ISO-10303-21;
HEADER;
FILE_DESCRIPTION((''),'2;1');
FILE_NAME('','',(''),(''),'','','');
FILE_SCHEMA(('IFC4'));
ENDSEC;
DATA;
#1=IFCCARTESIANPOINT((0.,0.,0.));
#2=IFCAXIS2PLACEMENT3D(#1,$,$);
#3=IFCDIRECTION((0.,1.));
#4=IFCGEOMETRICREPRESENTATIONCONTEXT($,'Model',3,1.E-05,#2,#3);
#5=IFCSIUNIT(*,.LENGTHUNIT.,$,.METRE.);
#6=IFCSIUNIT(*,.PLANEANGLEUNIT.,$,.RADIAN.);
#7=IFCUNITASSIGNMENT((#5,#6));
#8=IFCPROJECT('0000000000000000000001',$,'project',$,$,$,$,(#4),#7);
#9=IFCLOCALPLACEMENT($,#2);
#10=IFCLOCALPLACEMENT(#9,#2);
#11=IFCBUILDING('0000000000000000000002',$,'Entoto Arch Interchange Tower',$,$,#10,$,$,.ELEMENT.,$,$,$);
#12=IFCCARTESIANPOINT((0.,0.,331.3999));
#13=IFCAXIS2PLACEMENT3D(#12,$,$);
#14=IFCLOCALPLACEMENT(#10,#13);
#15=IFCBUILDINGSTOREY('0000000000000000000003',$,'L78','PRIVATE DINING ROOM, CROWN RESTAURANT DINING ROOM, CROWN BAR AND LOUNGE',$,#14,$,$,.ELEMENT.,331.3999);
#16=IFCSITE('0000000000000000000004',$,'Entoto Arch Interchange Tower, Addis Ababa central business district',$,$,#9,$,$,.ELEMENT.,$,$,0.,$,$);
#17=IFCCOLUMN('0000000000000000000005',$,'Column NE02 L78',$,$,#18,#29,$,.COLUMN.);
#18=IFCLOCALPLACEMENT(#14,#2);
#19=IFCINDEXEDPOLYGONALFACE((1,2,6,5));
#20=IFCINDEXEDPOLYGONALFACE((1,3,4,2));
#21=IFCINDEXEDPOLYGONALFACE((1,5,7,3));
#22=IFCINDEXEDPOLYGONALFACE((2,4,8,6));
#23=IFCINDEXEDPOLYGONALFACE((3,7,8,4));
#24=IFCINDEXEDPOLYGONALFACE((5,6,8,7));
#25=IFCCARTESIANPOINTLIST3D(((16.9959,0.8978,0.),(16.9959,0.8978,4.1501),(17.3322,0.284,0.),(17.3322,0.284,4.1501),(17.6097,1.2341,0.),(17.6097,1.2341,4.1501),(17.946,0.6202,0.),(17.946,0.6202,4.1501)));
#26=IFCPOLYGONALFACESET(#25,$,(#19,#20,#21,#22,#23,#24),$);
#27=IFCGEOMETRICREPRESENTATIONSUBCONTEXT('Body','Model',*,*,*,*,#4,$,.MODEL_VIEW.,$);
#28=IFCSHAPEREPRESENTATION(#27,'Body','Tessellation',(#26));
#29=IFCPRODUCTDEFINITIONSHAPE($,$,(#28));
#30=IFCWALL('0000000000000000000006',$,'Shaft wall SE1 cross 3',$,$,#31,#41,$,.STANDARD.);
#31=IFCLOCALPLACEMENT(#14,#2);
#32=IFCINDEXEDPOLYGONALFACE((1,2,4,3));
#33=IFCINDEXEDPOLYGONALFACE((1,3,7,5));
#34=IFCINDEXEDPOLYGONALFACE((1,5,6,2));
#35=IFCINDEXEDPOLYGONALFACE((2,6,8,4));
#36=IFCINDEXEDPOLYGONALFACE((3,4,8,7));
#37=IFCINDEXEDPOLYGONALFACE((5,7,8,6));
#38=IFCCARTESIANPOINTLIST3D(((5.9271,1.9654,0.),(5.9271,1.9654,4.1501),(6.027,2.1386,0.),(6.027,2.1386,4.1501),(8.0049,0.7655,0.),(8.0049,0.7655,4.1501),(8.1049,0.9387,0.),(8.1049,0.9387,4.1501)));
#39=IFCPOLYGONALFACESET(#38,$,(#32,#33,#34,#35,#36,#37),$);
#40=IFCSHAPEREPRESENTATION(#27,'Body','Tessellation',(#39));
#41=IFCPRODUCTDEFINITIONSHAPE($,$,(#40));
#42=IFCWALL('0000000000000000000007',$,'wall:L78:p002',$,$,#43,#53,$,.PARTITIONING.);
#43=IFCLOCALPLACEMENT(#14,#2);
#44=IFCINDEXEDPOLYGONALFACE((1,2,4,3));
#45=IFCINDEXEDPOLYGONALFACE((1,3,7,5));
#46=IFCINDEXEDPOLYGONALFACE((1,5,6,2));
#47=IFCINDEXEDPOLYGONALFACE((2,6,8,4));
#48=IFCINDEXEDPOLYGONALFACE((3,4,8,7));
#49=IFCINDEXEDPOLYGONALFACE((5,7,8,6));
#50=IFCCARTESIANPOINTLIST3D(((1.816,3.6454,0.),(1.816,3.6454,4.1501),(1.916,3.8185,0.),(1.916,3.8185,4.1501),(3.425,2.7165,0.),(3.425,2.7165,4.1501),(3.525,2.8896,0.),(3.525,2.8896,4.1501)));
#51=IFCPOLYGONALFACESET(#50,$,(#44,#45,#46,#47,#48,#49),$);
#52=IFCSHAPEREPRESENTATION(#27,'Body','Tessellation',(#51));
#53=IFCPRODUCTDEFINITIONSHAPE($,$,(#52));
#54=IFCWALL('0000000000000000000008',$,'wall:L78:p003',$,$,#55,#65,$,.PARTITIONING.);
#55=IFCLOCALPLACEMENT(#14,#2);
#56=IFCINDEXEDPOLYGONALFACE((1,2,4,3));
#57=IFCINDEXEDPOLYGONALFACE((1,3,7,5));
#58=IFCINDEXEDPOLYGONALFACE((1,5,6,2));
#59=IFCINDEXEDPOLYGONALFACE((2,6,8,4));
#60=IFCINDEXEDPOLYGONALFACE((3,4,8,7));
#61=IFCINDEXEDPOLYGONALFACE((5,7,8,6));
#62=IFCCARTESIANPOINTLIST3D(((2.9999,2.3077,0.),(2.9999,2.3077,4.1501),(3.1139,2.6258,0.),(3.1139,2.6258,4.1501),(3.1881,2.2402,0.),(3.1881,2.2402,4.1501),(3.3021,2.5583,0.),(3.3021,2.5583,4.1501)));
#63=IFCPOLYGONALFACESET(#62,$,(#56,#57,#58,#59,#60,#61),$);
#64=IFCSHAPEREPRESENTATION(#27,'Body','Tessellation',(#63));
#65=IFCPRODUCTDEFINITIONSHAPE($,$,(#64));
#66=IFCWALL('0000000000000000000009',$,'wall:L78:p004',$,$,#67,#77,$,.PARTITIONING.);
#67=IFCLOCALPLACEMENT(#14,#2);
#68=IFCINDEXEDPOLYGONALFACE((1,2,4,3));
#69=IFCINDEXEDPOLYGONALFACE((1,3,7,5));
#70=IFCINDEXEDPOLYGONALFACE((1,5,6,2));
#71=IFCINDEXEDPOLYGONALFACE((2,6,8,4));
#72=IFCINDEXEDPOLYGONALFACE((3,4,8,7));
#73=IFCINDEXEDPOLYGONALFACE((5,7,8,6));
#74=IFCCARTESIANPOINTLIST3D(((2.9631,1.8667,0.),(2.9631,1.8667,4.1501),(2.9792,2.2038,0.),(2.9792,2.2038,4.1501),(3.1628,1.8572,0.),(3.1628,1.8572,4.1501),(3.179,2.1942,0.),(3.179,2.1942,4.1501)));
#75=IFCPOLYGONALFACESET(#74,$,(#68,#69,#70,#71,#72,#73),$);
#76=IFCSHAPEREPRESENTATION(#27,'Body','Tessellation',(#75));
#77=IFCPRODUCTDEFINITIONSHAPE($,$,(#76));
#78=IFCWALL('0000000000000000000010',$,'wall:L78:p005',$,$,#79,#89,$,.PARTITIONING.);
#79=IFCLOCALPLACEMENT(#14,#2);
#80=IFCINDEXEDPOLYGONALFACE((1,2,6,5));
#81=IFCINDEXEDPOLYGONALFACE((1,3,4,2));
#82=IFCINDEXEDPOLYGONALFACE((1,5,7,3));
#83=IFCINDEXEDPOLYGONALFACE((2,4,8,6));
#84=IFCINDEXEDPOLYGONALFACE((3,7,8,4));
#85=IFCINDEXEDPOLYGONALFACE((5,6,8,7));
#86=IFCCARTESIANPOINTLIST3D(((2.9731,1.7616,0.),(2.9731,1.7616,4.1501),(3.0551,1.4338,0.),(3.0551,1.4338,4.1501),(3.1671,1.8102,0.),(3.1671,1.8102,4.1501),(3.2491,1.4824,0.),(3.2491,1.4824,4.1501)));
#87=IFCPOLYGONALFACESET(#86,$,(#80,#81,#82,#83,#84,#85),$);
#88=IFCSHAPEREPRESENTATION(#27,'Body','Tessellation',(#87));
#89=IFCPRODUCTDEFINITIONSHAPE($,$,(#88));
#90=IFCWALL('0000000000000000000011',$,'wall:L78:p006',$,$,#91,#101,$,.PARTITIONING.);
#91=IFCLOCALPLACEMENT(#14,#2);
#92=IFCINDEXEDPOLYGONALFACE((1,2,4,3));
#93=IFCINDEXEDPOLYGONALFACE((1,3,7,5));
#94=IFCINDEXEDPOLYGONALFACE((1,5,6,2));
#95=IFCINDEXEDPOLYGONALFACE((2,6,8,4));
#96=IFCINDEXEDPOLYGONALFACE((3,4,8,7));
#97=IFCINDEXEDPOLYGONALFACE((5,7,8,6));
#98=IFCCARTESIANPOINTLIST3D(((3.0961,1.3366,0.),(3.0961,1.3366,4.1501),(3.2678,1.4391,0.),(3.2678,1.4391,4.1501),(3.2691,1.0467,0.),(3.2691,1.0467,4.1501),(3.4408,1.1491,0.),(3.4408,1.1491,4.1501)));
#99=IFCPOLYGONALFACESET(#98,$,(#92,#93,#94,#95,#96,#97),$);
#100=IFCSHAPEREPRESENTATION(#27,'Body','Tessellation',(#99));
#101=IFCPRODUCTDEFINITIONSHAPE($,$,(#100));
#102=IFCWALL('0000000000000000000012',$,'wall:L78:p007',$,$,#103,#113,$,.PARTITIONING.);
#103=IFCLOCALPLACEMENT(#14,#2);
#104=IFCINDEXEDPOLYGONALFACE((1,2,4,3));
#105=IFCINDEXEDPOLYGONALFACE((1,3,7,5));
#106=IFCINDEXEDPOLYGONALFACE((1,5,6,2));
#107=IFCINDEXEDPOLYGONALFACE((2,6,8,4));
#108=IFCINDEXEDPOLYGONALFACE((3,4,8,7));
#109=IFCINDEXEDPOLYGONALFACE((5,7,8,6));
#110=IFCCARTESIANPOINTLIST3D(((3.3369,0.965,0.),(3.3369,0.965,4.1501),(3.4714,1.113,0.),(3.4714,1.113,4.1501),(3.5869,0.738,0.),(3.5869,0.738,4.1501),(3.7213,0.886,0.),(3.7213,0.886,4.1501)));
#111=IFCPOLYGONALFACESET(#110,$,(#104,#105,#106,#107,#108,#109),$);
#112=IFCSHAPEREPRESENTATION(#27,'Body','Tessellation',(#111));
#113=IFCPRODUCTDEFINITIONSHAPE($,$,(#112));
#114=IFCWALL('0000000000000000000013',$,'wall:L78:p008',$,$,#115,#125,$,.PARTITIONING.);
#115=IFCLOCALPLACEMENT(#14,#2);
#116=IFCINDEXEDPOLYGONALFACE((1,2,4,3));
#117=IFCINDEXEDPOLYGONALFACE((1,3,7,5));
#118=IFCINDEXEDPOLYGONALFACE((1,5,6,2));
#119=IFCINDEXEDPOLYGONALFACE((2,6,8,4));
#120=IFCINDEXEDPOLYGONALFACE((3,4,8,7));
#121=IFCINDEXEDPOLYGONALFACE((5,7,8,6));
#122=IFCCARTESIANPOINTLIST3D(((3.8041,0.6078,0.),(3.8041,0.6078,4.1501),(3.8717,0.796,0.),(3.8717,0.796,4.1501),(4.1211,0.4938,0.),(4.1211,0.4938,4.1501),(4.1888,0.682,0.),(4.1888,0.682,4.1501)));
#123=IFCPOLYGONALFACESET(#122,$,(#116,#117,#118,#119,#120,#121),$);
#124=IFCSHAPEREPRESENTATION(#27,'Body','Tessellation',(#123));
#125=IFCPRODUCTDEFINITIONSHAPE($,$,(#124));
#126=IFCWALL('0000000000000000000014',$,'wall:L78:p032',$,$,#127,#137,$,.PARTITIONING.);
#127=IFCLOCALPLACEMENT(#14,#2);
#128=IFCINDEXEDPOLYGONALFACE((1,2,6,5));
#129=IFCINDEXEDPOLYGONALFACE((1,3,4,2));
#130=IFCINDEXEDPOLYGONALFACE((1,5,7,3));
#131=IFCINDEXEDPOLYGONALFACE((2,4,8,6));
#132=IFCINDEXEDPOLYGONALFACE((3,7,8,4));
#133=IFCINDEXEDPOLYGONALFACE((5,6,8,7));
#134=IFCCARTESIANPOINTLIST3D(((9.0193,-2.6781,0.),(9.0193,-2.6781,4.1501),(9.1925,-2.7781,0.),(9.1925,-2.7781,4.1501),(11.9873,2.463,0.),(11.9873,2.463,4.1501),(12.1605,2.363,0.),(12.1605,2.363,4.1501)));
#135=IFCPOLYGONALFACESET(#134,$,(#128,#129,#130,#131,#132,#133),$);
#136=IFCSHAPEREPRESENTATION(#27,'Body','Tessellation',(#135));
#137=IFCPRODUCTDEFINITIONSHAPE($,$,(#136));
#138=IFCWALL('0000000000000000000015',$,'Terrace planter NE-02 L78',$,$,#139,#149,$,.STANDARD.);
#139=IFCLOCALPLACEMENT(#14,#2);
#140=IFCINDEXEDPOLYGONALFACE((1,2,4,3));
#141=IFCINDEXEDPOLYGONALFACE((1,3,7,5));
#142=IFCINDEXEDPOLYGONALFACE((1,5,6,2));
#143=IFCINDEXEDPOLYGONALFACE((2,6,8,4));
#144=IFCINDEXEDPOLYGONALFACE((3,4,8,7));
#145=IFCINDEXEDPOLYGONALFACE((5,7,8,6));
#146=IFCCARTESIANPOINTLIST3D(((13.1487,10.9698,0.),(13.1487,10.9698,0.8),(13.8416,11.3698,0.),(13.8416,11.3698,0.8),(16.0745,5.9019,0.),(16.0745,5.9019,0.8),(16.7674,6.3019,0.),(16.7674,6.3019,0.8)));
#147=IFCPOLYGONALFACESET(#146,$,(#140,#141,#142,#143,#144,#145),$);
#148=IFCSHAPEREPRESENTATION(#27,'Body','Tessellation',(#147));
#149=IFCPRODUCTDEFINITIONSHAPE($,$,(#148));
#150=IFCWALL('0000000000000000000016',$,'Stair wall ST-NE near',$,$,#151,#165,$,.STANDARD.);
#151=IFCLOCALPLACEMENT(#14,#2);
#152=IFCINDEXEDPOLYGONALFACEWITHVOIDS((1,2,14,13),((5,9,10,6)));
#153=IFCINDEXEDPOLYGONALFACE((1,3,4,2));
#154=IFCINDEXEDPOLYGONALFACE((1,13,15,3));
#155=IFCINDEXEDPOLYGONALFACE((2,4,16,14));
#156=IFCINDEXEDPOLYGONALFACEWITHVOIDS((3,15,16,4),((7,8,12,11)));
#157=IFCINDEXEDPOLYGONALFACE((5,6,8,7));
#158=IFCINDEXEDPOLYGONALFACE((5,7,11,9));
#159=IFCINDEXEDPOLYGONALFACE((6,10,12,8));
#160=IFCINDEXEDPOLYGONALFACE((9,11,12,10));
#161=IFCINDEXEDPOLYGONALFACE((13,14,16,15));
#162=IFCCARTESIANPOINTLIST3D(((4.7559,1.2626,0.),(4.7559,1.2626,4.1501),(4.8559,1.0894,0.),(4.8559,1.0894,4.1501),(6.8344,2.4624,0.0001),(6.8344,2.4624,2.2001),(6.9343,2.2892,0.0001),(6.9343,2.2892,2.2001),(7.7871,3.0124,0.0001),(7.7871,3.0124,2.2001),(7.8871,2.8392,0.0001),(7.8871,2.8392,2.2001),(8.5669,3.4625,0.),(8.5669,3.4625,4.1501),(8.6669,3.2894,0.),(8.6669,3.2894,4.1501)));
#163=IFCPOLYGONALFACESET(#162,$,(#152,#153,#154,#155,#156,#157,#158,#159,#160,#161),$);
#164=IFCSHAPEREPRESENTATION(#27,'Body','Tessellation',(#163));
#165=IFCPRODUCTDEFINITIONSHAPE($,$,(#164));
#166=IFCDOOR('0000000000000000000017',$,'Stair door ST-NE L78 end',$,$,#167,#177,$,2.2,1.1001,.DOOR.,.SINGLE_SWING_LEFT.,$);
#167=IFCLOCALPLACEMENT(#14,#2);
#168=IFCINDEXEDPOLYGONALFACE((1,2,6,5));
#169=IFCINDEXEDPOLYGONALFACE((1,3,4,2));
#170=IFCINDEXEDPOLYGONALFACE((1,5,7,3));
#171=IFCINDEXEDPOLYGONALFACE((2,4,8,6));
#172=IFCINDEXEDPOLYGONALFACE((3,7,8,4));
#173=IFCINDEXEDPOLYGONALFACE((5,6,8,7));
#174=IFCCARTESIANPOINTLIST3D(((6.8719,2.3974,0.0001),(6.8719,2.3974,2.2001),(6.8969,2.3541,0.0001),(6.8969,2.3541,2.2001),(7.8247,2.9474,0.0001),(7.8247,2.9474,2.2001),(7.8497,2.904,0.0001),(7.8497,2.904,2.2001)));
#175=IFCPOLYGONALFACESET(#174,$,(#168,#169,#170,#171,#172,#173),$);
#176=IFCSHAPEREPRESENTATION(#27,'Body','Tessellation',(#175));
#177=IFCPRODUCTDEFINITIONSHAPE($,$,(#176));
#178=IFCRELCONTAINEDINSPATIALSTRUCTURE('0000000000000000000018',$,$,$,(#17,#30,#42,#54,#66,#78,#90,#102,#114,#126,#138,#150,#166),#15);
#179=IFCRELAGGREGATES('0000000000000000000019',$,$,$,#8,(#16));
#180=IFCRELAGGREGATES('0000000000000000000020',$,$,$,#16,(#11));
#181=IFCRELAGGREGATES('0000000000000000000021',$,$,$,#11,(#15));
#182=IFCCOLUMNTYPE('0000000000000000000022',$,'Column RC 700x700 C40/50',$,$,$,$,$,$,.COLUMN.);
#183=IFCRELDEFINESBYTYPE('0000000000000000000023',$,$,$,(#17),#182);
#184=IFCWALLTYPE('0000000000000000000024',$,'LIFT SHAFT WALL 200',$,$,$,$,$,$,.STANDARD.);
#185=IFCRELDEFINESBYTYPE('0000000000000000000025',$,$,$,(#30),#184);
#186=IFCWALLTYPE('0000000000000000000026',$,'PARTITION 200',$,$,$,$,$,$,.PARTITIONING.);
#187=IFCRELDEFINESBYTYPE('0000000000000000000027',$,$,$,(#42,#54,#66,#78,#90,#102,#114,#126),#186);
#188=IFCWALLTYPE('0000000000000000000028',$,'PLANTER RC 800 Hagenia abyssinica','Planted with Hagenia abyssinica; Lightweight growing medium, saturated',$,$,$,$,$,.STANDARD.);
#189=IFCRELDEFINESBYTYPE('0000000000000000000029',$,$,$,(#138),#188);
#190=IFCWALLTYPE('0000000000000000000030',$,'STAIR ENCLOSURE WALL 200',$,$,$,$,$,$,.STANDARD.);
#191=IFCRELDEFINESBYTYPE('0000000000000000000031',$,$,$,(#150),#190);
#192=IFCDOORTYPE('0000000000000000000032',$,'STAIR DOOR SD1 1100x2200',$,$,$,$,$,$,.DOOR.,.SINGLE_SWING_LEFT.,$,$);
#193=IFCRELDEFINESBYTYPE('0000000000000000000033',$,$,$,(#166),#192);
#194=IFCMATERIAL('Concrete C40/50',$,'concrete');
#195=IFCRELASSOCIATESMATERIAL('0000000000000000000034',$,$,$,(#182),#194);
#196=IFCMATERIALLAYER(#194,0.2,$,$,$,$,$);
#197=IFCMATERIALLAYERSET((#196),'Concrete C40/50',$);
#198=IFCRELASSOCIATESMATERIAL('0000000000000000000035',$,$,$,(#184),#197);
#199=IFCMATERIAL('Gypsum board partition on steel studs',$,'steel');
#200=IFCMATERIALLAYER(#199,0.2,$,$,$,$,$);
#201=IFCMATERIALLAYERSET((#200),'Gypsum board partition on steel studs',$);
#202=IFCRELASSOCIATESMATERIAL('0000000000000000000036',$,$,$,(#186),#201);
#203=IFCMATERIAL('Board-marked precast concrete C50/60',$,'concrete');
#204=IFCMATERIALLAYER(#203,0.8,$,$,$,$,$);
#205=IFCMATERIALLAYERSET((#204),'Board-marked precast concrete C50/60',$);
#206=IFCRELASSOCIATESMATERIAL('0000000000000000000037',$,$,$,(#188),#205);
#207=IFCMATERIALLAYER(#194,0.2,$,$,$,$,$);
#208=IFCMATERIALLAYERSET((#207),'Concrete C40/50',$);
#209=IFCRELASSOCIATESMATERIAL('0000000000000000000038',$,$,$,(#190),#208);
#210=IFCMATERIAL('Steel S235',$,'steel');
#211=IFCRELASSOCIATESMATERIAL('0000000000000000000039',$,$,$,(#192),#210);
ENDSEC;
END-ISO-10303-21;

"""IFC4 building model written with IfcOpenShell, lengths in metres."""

from ifc_helpers import new_model, si_unit, direction, frame, frame_2d, origin, origin_2d, place, context, subcontext, project, spatial, rectangle, extrude, material, layer, layer_set, material_profile, profile_set, type_object, element, fill, save


model = new_model("IFC4")

# Units and contexts
model_context = context("Model", 3, precision=1e-05, world=origin(), true_north=direction((0.0, 1.0)))
body_context = subcontext(model_context, "Body", "Model", "MODEL_VIEW")
ifc_project = project(units=[si_unit("LENGTHUNIT", "METRE"), si_unit("PLANEANGLEUNIT", "RADIAN")], contexts=[model_context])

# Site, building, storey
site_placement = place(None, origin())
site = spatial("IfcSite", under=ifc_project, at=site_placement, Name="Entoto Arch Interchange Tower, Addis Ababa central business district", CompositionType="ELEMENT", RefElevation=0.0)
building_placement = place(site_placement, origin())
building = spatial("IfcBuilding", under=site, at=building_placement, Name="Entoto Arch Interchange Tower", CompositionType="ELEMENT")
storey_placement = place(building_placement, frame((0.0, 0.0, 331.3999)))
storey = spatial("IfcBuildingStorey", under=building, at=storey_placement, Name="L78", Description="PRIVATE DINING ROOM, CROWN RESTAURANT DINING ROOM, CROWN BAR AND LOUNGE", CompositionType="ELEMENT", Elevation=331.3999)

# Column
ifc_material_1 = material(Name="Concrete C40/50", Category="concrete")
ifc_material_profile = material_profile(ifc_material_1, rectangle(XDim=0.7, YDim=0.7, at=origin_2d()))
ifc_profile_set = profile_set([ifc_material_profile], Name="Concrete C40/50")
column_type = type_object("IfcColumnType", Name="Column RC 700x700 C40/50", PredefinedType="COLUMN", material=ifc_profile_set)
column_placement = place(storey_placement, frame((17.4709, 0.759, 0.0), z_axis=(0.0, 0.0, 1.0), x_axis=(-0.480438, 0.877029, 0.0)))
element("IfcColumn", 1, at=column_placement, inside=storey, type_object=column_type, Name="Column NE02 L78", PredefinedType="COLUMN", context=body_context, shape_type="SweptSolid", body=[
    extrude(rectangle(XDim=0.7, YDim=0.7, at=origin_2d()), origin(), (0.0, 0.0, 1.0), 4.1501),
])

# Walls
ifc_layer_1 = layer(ifc_material_1, 0.2)
ifc_layer_set_1 = layer_set([ifc_layer_1], Name="Concrete C40/50")
wall_type_1 = type_object("IfcWallType", Name="LIFT SHAFT WALL 200", PredefinedType="STANDARD", material=ifc_layer_set_1)
wall_1_placement = place(storey_placement, frame((5.9771, 2.052, 0.0), z_axis=(0.0, 0.0, 1.0), x_axis=(0.865974, -0.500089, 0.0)))
element("IfcWall", 2, at=wall_1_placement, inside=storey, type_object=wall_type_1, Name="Shaft wall SE1 cross 3", PredefinedType="STANDARD", context=body_context, shape_type="SweptSolid", body=[
    extrude(rectangle(XDim=2.3994, YDim=0.2, at=frame_2d((1.1997, 0.0))), origin(), (0.0, 0.0, 1.0), 4.1501),
])
ifc_material_2 = material(Name="Gypsum board partition on steel studs", Category="steel")
ifc_layer_2 = layer(ifc_material_2, 0.2)
ifc_layer_set_2 = layer_set([ifc_layer_2], Name="Gypsum board partition on steel studs")
wall_type_2 = type_object("IfcWallType", Name="PARTITION 200", PredefinedType="PARTITIONING", material=ifc_layer_set_2)
wall_2_placement = place(storey_placement, frame((1.866, 3.7319, 0.0), z_axis=(0.0, 0.0, 1.0), x_axis=(0.866043, -0.499969, 0.0)))
element("IfcWall", 3, at=wall_2_placement, inside=storey, type_object=wall_type_2, Name="wall:L78:p002", PredefinedType="PARTITIONING", context=body_context, shape_type="SweptSolid", body=[
    extrude(rectangle(XDim=1.8579, YDim=0.2, at=frame_2d((0.929, 0.0))), origin(), (0.0, 0.0, 1.0), 4.1501),
])
wall_3_placement = place(storey_placement, frame((3.208, 2.592, 0.0), z_axis=(0.0, 0.0, 1.0), x_axis=(-0.337389, -0.941365, 0.0)))
element("IfcWall", 4, at=wall_3_placement, inside=storey, type_object=wall_type_2, Name="wall:L78:p003", PredefinedType="PARTITIONING", context=body_context, shape_type="SweptSolid", body=[
    extrude(rectangle(XDim=0.3379, YDim=0.2, at=frame_2d((0.1689, 0.0))), origin(), (0.0, 0.0, 1.0), 4.1501),
])
wall_4_placement = place(storey_placement, frame((3.0791, 2.199, 0.0), z_axis=(0.0, 0.0, 1.0), x_axis=(-0.047771, -0.998858, 0.0)))
element("IfcWall", 5, at=wall_4_placement, inside=storey, type_object=wall_type_2, Name="wall:L78:p004", PredefinedType="PARTITIONING", context=body_context, shape_type="SweptSolid", body=[
    extrude(rectangle(XDim=0.3374, YDim=0.2, at=frame_2d((0.1687, 0.0))), origin(), (0.0, 0.0, 1.0), 4.1501),
])
wall_5_placement = place(storey_placement, frame((3.0701, 1.7859, 0.0), z_axis=(0.0, 0.0, 1.0), x_axis=(0.242706, -0.9701, 0.0)))
element("IfcWall", 6, at=wall_5_placement, inside=storey, type_object=wall_type_2, Name="wall:L78:p005", PredefinedType="PARTITIONING", context=body_context, shape_type="SweptSolid", body=[
    extrude(rectangle(XDim=0.3379, YDim=0.2, at=frame_2d((0.1689, 0.0))), origin(), (0.0, 0.0, 1.0), 4.1501),
])
for number, where, z_axis, x_axis, name in (
    (7, (3.1819, 1.3879, 0.0), (0.0, 0.0, 1.0), (0.512475, -0.858702, 0.0), "wall:L78:p006"),
    (8, (3.4041, 1.0391, 0.0), (0.0, 0.0, 1.0), (0.740267, -0.672313, 0.0), "wall:L78:p007"),
):
    element("IfcWall", number, at=place(storey_placement, frame(where, z_axis=z_axis, x_axis=x_axis)), inside=storey, type_object=wall_type_2, Name=name, PredefinedType="PARTITIONING", context=body_context, shape_type="SweptSolid", body=[
        extrude(rectangle(XDim=0.3376, YDim=0.2, at=frame_2d((0.1689, 0.0))), origin(), (0.0, 0.0, 1.0), 4.1501),
    ])
wall_6_placement = place(storey_placement, frame((3.8379, 0.7019, 0.0), z_axis=(0.0, 0.0, 1.0), x_axis=(0.941035, -0.338309, 0.0)))
element("IfcWall", 9, at=wall_6_placement, inside=storey, type_object=wall_type_2, Name="wall:L78:p008", PredefinedType="PARTITIONING", context=body_context, shape_type="SweptSolid", body=[
    extrude(rectangle(XDim=0.3369, YDim=0.2, at=frame_2d((0.1685, 0.0))), origin(), (0.0, 0.0, 1.0), 4.1501),
])
wall_7_placement = place(storey_placement, frame((12.074, 2.4131, 0.0), z_axis=(0.0, 0.0, 1.0), x_axis=(-0.499974, -0.86604, 0.0)))
element("IfcWall", 10, at=wall_7_placement, inside=storey, type_object=wall_type_2, Name="wall:L78:p032", PredefinedType="PARTITIONING", context=body_context, shape_type="SweptSolid", body=[
    extrude(rectangle(XDim=5.9363, YDim=0.2, at=frame_2d((2.9683, 0.0))), origin(), (0.0, 0.0, 1.0), 4.1501),
])
ifc_material_3 = material(Name="Board-marked precast concrete C50/60", Category="concrete")
ifc_layer_3 = layer(ifc_material_3, 0.8)
ifc_layer_set_3 = layer_set([ifc_layer_3], Name="Board-marked precast concrete C50/60")
wall_type_3 = type_object("IfcWallType", Name="PLANTER RC 800 Hagenia abyssinica", Description="Planted with Hagenia abyssinica; Lightweight growing medium, saturated", PredefinedType="STANDARD", material=ifc_layer_set_3)
wall_8_placement = place(storey_placement, frame((16.4209, 6.1021, 0.0), z_axis=(0.0, 0.0, 1.0), x_axis=(-0.49998, 0.866037, 0.0)))
element("IfcWall", 11, at=wall_8_placement, inside=storey, type_object=wall_type_3, Name="Terrace planter NE-02 L78", PredefinedType="STANDARD", context=body_context, shape_type="SweptSolid", body=[
    extrude(rectangle(XDim=5.8518, YDim=0.8, at=frame_2d((2.9258, 0.0))), origin(), (0.0, 0.0, 1.0), 0.8),
])

# Wall, opening, door
ifc_layer_4 = layer(ifc_material_1, 0.2)
ifc_layer_set_4 = layer_set([ifc_layer_4], Name="Concrete C40/50")
wall_type_4 = type_object("IfcWallType", Name="STAIR ENCLOSURE WALL 200", PredefinedType="STANDARD", material=ifc_layer_set_4)
wall_9_placement = place(storey_placement, frame((4.8059, 1.176, 0.0), z_axis=(0.0, 0.0, 1.0), x_axis=(0.86606, 0.49994, 0.0)))
wall_9 = element("IfcWall", 12, at=wall_9_placement, inside=storey, type_object=wall_type_4, Name="Stair wall ST-NE near", PredefinedType="STANDARD", context=body_context, shape_type="SweptSolid", body=[
    extrude(rectangle(XDim=4.4004, YDim=0.2, at=frame_2d((2.2002, 0.0))), origin(), (0.0, 0.0, 1.0), 4.1501),
])
opening_1_placement = place(wall_9_placement, frame((2.3999, 0.0, 0.0)))
opening_1 = element("IfcOpeningElement", 13, at=opening_1_placement, cuts=wall_9, PredefinedType="OPENING", context=body_context, shape_type="SweptSolid", body=[
    extrude(rectangle(XDim=1.1001, YDim=2.2, at=frame_2d((0.55, 1.1001))), frame((0.0, 0.1099, 0.0), z_axis=(0.0, -1.0, 0.0), x_axis=(1.0, 0.0, 0.0)), (0.0, 0.0, 1.0), 0.22),
])
ifc_material_4 = material(Name="Steel S235", Category="steel")
door_type_1 = type_object("IfcDoorType", Name="STAIR DOOR SD1 1100x2200", OperationType="SINGLE_SWING_LEFT", PredefinedType="DOOR", material=ifc_material_4)
door_1_placement = place(opening_1_placement, origin())
door_1 = element("IfcDoor", 14, at=door_1_placement, inside=storey, type_object=door_type_1, Name="Stair door ST-NE L78 end", OperationType="SINGLE_SWING_LEFT", OverallHeight=2.2, OverallWidth=1.1001, PredefinedType="DOOR", context=body_context, shape_type="SweptSolid", body=[
    extrude(rectangle(XDim=1.1001, YDim=2.2, at=frame_2d((0.55, 1.1001))), frame((0.0, 0.0249, 0.0), z_axis=(0.0, -1.0, 0.0), x_axis=(1.0, 0.0, 0.0)), (0.0, 0.0, 1.0), 0.05),
])
fill(opening_1, door_1)

save(model, "model.ifc")
